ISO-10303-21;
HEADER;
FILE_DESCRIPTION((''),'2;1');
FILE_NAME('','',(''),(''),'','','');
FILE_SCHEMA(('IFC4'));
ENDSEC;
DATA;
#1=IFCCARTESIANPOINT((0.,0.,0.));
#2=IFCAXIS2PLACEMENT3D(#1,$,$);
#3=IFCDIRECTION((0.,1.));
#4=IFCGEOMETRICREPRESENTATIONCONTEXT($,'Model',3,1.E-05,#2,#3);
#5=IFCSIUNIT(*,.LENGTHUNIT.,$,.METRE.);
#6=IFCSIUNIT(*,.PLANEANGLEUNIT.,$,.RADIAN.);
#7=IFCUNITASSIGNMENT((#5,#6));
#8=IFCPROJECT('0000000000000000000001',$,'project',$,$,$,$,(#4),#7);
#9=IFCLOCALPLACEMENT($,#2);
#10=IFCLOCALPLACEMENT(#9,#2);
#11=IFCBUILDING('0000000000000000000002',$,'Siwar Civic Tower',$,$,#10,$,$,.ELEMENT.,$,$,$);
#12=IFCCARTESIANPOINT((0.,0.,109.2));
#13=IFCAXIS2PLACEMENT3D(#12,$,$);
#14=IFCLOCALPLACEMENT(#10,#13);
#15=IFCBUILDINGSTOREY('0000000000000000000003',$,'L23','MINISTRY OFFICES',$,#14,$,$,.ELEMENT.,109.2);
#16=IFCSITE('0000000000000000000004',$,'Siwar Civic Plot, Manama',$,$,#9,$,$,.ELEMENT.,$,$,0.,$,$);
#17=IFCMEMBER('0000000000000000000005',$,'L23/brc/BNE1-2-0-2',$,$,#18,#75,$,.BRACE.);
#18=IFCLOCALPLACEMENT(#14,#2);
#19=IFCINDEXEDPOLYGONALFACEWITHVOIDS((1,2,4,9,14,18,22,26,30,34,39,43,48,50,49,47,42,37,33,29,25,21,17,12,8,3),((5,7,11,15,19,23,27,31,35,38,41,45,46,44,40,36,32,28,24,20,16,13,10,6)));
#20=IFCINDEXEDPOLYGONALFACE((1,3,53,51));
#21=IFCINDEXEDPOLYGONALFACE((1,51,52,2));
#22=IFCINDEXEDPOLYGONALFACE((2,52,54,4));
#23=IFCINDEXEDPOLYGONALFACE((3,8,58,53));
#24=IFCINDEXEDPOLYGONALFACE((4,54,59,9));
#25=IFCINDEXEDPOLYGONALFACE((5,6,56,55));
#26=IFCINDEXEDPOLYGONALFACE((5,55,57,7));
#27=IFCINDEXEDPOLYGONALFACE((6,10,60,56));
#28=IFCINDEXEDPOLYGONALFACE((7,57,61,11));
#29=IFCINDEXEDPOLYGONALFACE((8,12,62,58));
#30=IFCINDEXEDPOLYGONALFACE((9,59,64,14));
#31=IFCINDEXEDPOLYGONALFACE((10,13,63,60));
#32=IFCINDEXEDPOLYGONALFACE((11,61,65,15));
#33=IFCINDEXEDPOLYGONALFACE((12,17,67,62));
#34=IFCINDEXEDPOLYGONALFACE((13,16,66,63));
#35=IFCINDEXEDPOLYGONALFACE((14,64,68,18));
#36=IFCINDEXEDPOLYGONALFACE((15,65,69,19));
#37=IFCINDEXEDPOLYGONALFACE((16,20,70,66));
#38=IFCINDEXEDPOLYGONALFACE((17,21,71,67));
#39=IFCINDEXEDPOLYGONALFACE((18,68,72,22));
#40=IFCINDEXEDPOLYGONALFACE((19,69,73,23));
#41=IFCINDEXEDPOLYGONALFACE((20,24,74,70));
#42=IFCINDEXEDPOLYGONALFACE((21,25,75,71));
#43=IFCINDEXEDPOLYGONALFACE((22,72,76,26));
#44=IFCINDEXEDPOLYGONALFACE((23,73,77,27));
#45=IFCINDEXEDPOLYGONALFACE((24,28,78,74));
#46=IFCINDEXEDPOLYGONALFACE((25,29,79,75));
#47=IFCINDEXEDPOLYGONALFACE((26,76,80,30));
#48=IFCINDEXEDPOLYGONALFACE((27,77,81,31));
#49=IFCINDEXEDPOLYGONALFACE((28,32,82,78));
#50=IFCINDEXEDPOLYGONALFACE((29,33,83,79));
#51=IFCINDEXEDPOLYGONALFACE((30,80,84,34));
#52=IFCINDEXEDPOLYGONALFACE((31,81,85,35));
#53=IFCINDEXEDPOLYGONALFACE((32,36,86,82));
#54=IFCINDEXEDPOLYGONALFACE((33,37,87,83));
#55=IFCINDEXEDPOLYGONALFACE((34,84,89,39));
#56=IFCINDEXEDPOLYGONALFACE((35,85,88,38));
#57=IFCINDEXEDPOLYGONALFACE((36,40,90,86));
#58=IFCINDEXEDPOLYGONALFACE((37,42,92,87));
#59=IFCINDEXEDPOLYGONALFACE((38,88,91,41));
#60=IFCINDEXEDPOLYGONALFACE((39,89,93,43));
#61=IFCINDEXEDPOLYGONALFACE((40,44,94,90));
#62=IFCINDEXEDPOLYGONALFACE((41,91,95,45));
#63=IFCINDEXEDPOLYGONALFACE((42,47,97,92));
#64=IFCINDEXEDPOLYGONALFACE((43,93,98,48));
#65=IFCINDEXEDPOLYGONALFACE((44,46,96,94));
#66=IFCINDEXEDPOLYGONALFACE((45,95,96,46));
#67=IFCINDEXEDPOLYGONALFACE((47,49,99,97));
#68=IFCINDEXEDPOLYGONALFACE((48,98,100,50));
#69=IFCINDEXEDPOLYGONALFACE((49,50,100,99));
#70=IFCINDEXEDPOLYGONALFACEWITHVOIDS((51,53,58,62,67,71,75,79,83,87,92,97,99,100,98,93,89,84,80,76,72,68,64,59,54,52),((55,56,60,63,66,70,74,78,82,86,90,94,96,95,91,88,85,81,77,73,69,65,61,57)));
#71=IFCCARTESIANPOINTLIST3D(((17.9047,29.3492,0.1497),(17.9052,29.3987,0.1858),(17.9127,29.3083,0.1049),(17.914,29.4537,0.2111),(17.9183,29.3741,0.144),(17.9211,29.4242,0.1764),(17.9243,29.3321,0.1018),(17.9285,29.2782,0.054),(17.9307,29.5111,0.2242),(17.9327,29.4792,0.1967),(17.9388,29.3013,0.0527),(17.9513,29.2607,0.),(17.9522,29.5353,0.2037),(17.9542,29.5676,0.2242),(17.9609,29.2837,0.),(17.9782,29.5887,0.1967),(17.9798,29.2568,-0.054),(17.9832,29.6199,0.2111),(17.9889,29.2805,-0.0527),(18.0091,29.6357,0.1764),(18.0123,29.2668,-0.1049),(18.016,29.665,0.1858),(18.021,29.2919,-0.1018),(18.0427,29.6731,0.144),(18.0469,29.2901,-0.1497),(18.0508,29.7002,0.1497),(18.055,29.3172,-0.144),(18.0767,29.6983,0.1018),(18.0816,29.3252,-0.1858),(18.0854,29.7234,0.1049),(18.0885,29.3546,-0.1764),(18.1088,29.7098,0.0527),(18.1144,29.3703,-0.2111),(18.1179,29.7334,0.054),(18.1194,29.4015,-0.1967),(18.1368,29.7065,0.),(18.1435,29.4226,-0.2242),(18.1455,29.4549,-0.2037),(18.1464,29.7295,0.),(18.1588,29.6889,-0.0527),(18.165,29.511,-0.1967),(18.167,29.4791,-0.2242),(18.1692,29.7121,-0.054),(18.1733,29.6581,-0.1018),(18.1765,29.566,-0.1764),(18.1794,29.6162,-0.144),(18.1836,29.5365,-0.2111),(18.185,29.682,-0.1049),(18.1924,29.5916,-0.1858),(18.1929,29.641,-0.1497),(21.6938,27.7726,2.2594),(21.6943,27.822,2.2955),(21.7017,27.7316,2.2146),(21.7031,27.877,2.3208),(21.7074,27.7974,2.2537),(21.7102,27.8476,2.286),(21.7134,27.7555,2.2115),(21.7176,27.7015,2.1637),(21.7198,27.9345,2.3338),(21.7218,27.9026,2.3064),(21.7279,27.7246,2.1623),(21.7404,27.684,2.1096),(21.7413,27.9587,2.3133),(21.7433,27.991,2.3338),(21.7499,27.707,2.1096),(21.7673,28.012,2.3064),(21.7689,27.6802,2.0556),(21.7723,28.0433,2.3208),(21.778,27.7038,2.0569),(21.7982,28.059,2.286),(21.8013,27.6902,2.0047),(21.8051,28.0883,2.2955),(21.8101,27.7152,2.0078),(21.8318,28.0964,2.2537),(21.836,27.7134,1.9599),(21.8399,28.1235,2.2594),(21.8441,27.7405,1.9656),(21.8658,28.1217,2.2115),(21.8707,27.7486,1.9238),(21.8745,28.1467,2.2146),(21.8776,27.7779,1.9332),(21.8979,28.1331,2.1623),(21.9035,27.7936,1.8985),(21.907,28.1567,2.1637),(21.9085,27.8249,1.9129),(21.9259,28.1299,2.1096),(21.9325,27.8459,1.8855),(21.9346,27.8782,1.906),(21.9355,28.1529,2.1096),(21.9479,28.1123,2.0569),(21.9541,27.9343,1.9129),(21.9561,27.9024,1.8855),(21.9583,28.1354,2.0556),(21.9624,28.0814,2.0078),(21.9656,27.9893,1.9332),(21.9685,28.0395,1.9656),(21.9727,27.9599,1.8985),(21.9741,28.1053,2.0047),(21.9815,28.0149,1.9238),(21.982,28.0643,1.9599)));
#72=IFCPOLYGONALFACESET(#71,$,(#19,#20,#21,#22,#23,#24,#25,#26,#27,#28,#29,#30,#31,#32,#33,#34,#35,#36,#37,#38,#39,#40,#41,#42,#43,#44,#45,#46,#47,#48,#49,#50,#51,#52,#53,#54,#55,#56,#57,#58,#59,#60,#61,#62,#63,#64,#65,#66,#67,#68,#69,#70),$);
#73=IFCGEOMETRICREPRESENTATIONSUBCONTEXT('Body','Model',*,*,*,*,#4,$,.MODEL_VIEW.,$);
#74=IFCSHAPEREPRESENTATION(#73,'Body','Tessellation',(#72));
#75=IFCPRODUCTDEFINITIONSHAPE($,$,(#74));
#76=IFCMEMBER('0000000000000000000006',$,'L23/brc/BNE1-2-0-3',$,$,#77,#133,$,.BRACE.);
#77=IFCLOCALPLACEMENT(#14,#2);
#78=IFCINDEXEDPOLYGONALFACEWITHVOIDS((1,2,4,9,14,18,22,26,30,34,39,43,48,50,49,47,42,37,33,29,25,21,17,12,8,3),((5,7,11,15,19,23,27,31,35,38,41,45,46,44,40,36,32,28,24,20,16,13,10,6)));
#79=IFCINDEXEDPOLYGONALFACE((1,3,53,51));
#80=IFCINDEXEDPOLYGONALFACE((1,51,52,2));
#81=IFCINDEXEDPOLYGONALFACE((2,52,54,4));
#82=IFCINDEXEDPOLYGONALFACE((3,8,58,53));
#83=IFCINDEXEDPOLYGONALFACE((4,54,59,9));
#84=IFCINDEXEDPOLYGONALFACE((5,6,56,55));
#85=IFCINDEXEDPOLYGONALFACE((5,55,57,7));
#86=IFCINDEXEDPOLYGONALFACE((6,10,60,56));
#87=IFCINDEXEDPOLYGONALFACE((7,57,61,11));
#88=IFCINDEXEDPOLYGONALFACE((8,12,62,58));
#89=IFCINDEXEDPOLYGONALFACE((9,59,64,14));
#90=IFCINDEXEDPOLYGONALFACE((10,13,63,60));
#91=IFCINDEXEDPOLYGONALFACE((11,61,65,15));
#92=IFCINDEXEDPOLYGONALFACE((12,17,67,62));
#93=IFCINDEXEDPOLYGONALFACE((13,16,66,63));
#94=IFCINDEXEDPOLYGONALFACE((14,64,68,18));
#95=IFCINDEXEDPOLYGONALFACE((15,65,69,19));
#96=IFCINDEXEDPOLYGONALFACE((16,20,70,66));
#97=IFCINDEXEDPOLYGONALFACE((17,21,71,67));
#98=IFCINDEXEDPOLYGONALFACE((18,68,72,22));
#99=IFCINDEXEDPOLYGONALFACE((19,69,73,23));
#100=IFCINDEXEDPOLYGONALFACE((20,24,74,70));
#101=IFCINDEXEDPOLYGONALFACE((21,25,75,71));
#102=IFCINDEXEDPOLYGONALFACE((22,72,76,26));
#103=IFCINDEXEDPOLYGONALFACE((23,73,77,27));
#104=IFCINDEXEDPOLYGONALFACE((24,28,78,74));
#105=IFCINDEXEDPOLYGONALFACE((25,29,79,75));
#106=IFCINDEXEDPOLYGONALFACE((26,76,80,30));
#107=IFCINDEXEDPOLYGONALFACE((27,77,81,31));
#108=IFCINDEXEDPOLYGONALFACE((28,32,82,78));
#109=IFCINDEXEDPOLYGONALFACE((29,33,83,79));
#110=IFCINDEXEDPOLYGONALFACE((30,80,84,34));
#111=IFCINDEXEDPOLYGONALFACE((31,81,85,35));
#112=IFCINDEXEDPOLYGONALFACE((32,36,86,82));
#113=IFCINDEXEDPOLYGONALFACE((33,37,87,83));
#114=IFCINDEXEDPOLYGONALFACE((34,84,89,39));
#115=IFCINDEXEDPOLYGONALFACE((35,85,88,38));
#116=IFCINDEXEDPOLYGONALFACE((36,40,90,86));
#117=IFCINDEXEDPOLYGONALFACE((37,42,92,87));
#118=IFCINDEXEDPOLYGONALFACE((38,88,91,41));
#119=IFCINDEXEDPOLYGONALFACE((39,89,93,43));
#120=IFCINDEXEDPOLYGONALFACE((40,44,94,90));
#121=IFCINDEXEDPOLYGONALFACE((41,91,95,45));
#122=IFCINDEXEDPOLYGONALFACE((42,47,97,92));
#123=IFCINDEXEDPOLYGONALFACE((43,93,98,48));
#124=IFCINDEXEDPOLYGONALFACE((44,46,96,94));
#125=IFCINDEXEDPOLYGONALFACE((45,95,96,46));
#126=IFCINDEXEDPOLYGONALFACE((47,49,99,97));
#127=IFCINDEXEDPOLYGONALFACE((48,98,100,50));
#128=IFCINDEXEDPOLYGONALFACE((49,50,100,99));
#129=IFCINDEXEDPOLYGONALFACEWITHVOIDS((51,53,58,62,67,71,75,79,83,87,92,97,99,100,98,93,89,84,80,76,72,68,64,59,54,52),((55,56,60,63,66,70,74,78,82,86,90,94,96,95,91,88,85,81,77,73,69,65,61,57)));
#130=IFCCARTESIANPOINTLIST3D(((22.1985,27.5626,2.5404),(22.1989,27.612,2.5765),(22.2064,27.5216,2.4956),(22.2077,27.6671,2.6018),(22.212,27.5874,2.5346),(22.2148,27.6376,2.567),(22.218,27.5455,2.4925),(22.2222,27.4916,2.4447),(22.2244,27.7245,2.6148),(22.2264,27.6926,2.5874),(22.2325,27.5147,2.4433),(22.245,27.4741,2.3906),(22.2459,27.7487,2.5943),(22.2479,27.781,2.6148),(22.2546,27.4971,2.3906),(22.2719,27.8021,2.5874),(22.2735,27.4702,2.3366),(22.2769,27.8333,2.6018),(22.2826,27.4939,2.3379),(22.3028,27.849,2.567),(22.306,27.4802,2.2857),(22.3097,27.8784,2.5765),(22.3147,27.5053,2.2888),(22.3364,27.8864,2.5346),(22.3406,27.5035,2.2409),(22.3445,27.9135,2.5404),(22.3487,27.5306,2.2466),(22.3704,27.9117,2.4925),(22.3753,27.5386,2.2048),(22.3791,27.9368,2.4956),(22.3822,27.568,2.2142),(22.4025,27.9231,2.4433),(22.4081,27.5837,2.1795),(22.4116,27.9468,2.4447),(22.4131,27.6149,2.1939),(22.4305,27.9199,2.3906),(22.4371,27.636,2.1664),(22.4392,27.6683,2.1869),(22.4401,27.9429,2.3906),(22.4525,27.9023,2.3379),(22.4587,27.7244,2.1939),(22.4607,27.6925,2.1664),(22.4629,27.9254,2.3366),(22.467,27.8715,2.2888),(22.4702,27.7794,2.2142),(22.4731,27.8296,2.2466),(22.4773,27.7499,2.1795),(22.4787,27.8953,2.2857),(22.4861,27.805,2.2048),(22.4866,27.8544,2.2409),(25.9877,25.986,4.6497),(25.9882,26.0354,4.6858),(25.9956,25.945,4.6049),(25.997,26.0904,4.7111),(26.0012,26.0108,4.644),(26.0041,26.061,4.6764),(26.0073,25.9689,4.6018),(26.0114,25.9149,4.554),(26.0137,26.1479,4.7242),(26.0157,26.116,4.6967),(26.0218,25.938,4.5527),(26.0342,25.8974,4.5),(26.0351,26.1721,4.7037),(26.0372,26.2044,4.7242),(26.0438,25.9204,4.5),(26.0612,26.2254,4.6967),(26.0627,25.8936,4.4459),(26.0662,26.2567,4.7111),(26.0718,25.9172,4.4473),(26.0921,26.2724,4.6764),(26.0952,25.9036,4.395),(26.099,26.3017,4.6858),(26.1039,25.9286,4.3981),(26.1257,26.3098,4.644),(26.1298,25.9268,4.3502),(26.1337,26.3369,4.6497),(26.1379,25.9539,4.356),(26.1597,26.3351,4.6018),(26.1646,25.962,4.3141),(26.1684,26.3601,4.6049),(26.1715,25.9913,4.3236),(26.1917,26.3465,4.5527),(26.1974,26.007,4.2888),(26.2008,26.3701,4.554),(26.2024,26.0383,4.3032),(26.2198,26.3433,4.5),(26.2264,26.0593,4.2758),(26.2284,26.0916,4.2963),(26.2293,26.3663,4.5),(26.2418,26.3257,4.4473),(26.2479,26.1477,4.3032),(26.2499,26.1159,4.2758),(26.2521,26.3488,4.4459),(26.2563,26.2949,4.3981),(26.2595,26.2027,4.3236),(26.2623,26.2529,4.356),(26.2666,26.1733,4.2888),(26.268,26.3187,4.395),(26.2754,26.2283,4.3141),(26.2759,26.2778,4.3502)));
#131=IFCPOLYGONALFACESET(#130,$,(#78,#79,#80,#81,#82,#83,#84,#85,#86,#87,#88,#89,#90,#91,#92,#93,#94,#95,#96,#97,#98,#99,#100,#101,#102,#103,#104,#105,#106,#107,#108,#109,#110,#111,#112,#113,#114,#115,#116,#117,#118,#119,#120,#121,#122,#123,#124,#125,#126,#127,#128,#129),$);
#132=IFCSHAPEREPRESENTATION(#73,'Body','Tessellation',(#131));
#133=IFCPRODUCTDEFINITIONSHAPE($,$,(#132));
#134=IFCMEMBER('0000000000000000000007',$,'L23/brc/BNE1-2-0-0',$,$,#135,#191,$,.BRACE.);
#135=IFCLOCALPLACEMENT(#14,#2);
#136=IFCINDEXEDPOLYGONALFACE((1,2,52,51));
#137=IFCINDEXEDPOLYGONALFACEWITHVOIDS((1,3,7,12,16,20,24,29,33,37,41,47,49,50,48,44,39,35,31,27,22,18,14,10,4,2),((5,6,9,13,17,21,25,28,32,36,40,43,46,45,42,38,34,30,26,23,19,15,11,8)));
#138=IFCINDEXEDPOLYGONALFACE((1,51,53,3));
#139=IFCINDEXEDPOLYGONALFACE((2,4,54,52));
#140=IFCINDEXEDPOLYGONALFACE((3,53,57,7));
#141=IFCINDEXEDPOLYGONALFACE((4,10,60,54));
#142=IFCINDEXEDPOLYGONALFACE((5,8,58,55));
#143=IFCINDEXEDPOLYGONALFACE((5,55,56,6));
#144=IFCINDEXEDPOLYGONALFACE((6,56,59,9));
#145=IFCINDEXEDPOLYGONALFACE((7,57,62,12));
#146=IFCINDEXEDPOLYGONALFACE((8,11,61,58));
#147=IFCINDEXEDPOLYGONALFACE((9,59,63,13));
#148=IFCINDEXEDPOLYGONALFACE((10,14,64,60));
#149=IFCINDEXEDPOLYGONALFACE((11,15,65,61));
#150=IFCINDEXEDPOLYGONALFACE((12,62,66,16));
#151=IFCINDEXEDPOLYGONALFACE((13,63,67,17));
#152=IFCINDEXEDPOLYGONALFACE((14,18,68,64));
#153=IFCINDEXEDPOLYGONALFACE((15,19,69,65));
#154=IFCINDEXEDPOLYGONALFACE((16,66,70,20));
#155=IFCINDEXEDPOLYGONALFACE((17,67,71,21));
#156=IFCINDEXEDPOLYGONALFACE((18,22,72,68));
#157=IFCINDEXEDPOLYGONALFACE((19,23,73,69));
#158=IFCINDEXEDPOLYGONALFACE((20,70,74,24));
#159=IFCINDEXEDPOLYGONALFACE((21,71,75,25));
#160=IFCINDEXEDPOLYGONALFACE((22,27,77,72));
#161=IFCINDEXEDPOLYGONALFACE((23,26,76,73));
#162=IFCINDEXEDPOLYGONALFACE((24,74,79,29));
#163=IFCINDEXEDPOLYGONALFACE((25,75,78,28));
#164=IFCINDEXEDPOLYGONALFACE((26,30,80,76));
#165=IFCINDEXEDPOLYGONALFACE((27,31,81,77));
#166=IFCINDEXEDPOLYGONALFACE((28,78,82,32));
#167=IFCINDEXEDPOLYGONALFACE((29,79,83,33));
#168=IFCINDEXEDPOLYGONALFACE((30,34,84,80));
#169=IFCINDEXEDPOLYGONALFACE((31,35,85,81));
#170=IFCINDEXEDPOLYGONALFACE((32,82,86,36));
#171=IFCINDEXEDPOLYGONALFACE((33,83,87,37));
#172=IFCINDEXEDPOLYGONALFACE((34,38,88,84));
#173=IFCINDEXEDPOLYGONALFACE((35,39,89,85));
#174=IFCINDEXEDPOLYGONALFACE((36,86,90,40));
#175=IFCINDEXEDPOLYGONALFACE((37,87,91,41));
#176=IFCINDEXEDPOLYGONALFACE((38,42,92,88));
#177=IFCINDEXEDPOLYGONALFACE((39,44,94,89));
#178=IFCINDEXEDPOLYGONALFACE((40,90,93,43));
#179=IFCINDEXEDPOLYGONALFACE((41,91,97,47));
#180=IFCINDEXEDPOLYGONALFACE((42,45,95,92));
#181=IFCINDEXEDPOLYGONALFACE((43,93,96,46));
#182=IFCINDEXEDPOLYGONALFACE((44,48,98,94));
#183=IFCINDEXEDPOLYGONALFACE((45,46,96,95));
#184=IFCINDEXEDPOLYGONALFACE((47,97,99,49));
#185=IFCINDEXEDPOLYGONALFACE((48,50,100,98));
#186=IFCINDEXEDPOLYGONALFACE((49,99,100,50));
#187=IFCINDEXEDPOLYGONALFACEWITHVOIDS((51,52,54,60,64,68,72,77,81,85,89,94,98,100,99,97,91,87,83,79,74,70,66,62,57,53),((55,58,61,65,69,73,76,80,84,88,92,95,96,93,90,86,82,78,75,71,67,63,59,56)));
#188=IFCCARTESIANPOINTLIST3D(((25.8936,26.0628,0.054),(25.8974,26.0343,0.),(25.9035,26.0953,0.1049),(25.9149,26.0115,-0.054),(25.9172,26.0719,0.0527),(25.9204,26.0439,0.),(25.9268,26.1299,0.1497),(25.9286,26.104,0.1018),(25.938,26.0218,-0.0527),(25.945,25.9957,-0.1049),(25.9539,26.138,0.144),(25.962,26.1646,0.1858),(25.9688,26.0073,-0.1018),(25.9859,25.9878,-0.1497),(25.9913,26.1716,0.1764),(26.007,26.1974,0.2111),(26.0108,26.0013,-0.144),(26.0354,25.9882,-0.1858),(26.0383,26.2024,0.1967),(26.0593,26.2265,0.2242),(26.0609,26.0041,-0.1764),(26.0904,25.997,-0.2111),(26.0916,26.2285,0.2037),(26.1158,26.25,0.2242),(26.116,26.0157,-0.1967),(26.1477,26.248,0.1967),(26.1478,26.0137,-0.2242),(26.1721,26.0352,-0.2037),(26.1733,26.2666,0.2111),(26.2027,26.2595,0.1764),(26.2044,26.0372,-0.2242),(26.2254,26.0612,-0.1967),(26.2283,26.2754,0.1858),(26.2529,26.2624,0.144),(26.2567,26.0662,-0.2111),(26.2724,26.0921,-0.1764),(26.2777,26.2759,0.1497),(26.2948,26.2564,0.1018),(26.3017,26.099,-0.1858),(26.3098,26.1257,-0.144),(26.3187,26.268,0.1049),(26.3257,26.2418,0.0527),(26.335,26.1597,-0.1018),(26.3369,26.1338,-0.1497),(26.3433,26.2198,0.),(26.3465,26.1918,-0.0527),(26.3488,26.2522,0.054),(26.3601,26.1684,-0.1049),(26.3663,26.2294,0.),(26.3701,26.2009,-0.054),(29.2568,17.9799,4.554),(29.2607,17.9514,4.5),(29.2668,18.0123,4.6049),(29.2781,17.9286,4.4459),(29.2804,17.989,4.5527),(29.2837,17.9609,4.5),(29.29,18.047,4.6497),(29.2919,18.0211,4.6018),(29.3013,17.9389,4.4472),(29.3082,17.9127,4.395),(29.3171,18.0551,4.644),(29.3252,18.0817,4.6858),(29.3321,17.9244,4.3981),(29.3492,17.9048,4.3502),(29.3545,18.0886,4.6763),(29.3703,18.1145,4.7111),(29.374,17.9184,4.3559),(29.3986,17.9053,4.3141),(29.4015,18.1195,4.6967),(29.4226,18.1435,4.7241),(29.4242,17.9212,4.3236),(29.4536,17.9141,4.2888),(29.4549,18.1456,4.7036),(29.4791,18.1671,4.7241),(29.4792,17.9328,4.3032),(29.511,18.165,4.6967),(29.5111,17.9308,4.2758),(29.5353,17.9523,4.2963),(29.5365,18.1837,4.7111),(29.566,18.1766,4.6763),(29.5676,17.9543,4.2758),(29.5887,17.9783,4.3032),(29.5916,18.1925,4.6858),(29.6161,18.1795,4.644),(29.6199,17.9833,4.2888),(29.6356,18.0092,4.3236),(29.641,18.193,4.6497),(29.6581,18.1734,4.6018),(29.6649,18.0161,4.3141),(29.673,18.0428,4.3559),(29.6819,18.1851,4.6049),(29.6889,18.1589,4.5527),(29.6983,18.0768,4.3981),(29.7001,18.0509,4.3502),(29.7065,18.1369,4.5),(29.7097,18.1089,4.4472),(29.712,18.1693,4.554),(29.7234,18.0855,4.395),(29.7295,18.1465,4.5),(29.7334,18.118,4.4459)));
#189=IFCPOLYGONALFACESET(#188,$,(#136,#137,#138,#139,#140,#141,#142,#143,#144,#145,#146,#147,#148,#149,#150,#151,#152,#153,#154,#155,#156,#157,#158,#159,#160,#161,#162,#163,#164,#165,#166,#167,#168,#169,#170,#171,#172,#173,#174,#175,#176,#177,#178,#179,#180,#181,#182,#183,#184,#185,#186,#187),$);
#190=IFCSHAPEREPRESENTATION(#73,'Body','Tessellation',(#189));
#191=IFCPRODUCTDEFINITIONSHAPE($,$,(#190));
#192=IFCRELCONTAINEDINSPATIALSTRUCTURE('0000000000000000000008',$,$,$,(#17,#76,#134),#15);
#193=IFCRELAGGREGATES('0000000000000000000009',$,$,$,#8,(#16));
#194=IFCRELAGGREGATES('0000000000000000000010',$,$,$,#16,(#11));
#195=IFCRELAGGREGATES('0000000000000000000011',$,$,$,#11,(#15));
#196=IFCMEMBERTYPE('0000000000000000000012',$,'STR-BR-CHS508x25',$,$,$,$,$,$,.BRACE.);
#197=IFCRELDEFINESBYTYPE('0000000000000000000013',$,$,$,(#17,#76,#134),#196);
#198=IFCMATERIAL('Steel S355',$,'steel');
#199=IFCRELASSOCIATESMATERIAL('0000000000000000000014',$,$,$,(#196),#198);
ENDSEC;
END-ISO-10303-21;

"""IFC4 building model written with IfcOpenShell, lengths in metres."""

from ifc_helpers import new_model, si_unit, direction, frame, origin, origin_2d, place, context, subcontext, project, spatial, hollow_circle, extrude, material, material_profile, profile_set, type_object, element, save


model = new_model("IFC4")

# Units and contexts
model_context = context("Model", 3, precision=1e-05, world=origin(), true_north=direction((0.0, 1.0)))
body_context = subcontext(model_context, "Body", "Model", "MODEL_VIEW")
ifc_project = project(units=[si_unit("LENGTHUNIT", "METRE"), si_unit("PLANEANGLEUNIT", "RADIAN")], contexts=[model_context])

# Site, building, storey
site_placement = place(None, origin())
site = spatial("IfcSite", under=ifc_project, at=site_placement, Name="Siwar Civic Plot, Manama", CompositionType="ELEMENT", RefElevation=0.0)
building_placement = place(site_placement, origin())
building = spatial("IfcBuilding", under=site, at=building_placement, Name="Siwar Civic Tower", CompositionType="ELEMENT")
storey_placement = place(building_placement, frame((0.0, 0.0, 109.2)))
storey = spatial("IfcBuildingStorey", under=building, at=storey_placement, Name="L23", Description="MINISTRY OFFICES", CompositionType="ELEMENT", Elevation=109.2)

# Members
ifc_material_1 = material(Name="Steel S355", Category="steel")
ifc_material_profile_1 = material_profile(ifc_material_1, hollow_circle(Radius=0.2539, WallThickness=0.0249, at=origin_2d()), Name="CHS508x25")
ifc_profile_set_1 = profile_set([ifc_material_profile_1], Name="Steel S355")
member_type_1 = type_object("IfcMemberType", Name="STR-BR-CHS508x25", PredefinedType="BRACE", material=ifc_profile_set_1)
for number, where, z_axis, x_axis, name in (
    (1, (18.0488, 29.4951, 0.0), (0.821126, -0.341677, 0.457175), (0.384176, 0.92326, 0.0), "L23/brc/BNE1-2-0-2"),
    (2, (22.3425, 27.7085, 2.3906), (0.821163, -0.341671, 0.457113), (0.384155, 0.923269, 0.0), "L23/brc/BNE1-2-0-3"),
):
    element("IfcMember", number, at=place(storey_placement, frame(where, z_axis=z_axis, x_axis=x_axis)), inside=storey, type_object=member_type_1, Name=name, PredefinedType="BRACE", context=body_context, shape_type="SweptSolid", body=[
        extrude(hollow_circle(Radius=0.2539, WallThickness=0.0249, at=origin_2d()), origin(), (0.0, 0.0, 1.0), 4.6145),
    ])
member_1_placement = place(storey_placement, frame((26.1318, 26.1318, 0.0), z_axis=(0.341671, -0.821143, 0.457149), x_axis=(0.923265, 0.384164, 0.0)))
element("IfcMember", 3, at=member_1_placement, inside=storey, type_object=member_type_1, Name="L23/brc/BNE1-2-0-0", PredefinedType="BRACE", context=body_context, shape_type="SweptSolid", body=[
    extrude(hollow_circle(Radius=0.2539, WallThickness=0.0249, at=origin_2d()), origin(), (0.0, 0.0, 1.0), 9.8435),
])

save(model, "model.ifc")
